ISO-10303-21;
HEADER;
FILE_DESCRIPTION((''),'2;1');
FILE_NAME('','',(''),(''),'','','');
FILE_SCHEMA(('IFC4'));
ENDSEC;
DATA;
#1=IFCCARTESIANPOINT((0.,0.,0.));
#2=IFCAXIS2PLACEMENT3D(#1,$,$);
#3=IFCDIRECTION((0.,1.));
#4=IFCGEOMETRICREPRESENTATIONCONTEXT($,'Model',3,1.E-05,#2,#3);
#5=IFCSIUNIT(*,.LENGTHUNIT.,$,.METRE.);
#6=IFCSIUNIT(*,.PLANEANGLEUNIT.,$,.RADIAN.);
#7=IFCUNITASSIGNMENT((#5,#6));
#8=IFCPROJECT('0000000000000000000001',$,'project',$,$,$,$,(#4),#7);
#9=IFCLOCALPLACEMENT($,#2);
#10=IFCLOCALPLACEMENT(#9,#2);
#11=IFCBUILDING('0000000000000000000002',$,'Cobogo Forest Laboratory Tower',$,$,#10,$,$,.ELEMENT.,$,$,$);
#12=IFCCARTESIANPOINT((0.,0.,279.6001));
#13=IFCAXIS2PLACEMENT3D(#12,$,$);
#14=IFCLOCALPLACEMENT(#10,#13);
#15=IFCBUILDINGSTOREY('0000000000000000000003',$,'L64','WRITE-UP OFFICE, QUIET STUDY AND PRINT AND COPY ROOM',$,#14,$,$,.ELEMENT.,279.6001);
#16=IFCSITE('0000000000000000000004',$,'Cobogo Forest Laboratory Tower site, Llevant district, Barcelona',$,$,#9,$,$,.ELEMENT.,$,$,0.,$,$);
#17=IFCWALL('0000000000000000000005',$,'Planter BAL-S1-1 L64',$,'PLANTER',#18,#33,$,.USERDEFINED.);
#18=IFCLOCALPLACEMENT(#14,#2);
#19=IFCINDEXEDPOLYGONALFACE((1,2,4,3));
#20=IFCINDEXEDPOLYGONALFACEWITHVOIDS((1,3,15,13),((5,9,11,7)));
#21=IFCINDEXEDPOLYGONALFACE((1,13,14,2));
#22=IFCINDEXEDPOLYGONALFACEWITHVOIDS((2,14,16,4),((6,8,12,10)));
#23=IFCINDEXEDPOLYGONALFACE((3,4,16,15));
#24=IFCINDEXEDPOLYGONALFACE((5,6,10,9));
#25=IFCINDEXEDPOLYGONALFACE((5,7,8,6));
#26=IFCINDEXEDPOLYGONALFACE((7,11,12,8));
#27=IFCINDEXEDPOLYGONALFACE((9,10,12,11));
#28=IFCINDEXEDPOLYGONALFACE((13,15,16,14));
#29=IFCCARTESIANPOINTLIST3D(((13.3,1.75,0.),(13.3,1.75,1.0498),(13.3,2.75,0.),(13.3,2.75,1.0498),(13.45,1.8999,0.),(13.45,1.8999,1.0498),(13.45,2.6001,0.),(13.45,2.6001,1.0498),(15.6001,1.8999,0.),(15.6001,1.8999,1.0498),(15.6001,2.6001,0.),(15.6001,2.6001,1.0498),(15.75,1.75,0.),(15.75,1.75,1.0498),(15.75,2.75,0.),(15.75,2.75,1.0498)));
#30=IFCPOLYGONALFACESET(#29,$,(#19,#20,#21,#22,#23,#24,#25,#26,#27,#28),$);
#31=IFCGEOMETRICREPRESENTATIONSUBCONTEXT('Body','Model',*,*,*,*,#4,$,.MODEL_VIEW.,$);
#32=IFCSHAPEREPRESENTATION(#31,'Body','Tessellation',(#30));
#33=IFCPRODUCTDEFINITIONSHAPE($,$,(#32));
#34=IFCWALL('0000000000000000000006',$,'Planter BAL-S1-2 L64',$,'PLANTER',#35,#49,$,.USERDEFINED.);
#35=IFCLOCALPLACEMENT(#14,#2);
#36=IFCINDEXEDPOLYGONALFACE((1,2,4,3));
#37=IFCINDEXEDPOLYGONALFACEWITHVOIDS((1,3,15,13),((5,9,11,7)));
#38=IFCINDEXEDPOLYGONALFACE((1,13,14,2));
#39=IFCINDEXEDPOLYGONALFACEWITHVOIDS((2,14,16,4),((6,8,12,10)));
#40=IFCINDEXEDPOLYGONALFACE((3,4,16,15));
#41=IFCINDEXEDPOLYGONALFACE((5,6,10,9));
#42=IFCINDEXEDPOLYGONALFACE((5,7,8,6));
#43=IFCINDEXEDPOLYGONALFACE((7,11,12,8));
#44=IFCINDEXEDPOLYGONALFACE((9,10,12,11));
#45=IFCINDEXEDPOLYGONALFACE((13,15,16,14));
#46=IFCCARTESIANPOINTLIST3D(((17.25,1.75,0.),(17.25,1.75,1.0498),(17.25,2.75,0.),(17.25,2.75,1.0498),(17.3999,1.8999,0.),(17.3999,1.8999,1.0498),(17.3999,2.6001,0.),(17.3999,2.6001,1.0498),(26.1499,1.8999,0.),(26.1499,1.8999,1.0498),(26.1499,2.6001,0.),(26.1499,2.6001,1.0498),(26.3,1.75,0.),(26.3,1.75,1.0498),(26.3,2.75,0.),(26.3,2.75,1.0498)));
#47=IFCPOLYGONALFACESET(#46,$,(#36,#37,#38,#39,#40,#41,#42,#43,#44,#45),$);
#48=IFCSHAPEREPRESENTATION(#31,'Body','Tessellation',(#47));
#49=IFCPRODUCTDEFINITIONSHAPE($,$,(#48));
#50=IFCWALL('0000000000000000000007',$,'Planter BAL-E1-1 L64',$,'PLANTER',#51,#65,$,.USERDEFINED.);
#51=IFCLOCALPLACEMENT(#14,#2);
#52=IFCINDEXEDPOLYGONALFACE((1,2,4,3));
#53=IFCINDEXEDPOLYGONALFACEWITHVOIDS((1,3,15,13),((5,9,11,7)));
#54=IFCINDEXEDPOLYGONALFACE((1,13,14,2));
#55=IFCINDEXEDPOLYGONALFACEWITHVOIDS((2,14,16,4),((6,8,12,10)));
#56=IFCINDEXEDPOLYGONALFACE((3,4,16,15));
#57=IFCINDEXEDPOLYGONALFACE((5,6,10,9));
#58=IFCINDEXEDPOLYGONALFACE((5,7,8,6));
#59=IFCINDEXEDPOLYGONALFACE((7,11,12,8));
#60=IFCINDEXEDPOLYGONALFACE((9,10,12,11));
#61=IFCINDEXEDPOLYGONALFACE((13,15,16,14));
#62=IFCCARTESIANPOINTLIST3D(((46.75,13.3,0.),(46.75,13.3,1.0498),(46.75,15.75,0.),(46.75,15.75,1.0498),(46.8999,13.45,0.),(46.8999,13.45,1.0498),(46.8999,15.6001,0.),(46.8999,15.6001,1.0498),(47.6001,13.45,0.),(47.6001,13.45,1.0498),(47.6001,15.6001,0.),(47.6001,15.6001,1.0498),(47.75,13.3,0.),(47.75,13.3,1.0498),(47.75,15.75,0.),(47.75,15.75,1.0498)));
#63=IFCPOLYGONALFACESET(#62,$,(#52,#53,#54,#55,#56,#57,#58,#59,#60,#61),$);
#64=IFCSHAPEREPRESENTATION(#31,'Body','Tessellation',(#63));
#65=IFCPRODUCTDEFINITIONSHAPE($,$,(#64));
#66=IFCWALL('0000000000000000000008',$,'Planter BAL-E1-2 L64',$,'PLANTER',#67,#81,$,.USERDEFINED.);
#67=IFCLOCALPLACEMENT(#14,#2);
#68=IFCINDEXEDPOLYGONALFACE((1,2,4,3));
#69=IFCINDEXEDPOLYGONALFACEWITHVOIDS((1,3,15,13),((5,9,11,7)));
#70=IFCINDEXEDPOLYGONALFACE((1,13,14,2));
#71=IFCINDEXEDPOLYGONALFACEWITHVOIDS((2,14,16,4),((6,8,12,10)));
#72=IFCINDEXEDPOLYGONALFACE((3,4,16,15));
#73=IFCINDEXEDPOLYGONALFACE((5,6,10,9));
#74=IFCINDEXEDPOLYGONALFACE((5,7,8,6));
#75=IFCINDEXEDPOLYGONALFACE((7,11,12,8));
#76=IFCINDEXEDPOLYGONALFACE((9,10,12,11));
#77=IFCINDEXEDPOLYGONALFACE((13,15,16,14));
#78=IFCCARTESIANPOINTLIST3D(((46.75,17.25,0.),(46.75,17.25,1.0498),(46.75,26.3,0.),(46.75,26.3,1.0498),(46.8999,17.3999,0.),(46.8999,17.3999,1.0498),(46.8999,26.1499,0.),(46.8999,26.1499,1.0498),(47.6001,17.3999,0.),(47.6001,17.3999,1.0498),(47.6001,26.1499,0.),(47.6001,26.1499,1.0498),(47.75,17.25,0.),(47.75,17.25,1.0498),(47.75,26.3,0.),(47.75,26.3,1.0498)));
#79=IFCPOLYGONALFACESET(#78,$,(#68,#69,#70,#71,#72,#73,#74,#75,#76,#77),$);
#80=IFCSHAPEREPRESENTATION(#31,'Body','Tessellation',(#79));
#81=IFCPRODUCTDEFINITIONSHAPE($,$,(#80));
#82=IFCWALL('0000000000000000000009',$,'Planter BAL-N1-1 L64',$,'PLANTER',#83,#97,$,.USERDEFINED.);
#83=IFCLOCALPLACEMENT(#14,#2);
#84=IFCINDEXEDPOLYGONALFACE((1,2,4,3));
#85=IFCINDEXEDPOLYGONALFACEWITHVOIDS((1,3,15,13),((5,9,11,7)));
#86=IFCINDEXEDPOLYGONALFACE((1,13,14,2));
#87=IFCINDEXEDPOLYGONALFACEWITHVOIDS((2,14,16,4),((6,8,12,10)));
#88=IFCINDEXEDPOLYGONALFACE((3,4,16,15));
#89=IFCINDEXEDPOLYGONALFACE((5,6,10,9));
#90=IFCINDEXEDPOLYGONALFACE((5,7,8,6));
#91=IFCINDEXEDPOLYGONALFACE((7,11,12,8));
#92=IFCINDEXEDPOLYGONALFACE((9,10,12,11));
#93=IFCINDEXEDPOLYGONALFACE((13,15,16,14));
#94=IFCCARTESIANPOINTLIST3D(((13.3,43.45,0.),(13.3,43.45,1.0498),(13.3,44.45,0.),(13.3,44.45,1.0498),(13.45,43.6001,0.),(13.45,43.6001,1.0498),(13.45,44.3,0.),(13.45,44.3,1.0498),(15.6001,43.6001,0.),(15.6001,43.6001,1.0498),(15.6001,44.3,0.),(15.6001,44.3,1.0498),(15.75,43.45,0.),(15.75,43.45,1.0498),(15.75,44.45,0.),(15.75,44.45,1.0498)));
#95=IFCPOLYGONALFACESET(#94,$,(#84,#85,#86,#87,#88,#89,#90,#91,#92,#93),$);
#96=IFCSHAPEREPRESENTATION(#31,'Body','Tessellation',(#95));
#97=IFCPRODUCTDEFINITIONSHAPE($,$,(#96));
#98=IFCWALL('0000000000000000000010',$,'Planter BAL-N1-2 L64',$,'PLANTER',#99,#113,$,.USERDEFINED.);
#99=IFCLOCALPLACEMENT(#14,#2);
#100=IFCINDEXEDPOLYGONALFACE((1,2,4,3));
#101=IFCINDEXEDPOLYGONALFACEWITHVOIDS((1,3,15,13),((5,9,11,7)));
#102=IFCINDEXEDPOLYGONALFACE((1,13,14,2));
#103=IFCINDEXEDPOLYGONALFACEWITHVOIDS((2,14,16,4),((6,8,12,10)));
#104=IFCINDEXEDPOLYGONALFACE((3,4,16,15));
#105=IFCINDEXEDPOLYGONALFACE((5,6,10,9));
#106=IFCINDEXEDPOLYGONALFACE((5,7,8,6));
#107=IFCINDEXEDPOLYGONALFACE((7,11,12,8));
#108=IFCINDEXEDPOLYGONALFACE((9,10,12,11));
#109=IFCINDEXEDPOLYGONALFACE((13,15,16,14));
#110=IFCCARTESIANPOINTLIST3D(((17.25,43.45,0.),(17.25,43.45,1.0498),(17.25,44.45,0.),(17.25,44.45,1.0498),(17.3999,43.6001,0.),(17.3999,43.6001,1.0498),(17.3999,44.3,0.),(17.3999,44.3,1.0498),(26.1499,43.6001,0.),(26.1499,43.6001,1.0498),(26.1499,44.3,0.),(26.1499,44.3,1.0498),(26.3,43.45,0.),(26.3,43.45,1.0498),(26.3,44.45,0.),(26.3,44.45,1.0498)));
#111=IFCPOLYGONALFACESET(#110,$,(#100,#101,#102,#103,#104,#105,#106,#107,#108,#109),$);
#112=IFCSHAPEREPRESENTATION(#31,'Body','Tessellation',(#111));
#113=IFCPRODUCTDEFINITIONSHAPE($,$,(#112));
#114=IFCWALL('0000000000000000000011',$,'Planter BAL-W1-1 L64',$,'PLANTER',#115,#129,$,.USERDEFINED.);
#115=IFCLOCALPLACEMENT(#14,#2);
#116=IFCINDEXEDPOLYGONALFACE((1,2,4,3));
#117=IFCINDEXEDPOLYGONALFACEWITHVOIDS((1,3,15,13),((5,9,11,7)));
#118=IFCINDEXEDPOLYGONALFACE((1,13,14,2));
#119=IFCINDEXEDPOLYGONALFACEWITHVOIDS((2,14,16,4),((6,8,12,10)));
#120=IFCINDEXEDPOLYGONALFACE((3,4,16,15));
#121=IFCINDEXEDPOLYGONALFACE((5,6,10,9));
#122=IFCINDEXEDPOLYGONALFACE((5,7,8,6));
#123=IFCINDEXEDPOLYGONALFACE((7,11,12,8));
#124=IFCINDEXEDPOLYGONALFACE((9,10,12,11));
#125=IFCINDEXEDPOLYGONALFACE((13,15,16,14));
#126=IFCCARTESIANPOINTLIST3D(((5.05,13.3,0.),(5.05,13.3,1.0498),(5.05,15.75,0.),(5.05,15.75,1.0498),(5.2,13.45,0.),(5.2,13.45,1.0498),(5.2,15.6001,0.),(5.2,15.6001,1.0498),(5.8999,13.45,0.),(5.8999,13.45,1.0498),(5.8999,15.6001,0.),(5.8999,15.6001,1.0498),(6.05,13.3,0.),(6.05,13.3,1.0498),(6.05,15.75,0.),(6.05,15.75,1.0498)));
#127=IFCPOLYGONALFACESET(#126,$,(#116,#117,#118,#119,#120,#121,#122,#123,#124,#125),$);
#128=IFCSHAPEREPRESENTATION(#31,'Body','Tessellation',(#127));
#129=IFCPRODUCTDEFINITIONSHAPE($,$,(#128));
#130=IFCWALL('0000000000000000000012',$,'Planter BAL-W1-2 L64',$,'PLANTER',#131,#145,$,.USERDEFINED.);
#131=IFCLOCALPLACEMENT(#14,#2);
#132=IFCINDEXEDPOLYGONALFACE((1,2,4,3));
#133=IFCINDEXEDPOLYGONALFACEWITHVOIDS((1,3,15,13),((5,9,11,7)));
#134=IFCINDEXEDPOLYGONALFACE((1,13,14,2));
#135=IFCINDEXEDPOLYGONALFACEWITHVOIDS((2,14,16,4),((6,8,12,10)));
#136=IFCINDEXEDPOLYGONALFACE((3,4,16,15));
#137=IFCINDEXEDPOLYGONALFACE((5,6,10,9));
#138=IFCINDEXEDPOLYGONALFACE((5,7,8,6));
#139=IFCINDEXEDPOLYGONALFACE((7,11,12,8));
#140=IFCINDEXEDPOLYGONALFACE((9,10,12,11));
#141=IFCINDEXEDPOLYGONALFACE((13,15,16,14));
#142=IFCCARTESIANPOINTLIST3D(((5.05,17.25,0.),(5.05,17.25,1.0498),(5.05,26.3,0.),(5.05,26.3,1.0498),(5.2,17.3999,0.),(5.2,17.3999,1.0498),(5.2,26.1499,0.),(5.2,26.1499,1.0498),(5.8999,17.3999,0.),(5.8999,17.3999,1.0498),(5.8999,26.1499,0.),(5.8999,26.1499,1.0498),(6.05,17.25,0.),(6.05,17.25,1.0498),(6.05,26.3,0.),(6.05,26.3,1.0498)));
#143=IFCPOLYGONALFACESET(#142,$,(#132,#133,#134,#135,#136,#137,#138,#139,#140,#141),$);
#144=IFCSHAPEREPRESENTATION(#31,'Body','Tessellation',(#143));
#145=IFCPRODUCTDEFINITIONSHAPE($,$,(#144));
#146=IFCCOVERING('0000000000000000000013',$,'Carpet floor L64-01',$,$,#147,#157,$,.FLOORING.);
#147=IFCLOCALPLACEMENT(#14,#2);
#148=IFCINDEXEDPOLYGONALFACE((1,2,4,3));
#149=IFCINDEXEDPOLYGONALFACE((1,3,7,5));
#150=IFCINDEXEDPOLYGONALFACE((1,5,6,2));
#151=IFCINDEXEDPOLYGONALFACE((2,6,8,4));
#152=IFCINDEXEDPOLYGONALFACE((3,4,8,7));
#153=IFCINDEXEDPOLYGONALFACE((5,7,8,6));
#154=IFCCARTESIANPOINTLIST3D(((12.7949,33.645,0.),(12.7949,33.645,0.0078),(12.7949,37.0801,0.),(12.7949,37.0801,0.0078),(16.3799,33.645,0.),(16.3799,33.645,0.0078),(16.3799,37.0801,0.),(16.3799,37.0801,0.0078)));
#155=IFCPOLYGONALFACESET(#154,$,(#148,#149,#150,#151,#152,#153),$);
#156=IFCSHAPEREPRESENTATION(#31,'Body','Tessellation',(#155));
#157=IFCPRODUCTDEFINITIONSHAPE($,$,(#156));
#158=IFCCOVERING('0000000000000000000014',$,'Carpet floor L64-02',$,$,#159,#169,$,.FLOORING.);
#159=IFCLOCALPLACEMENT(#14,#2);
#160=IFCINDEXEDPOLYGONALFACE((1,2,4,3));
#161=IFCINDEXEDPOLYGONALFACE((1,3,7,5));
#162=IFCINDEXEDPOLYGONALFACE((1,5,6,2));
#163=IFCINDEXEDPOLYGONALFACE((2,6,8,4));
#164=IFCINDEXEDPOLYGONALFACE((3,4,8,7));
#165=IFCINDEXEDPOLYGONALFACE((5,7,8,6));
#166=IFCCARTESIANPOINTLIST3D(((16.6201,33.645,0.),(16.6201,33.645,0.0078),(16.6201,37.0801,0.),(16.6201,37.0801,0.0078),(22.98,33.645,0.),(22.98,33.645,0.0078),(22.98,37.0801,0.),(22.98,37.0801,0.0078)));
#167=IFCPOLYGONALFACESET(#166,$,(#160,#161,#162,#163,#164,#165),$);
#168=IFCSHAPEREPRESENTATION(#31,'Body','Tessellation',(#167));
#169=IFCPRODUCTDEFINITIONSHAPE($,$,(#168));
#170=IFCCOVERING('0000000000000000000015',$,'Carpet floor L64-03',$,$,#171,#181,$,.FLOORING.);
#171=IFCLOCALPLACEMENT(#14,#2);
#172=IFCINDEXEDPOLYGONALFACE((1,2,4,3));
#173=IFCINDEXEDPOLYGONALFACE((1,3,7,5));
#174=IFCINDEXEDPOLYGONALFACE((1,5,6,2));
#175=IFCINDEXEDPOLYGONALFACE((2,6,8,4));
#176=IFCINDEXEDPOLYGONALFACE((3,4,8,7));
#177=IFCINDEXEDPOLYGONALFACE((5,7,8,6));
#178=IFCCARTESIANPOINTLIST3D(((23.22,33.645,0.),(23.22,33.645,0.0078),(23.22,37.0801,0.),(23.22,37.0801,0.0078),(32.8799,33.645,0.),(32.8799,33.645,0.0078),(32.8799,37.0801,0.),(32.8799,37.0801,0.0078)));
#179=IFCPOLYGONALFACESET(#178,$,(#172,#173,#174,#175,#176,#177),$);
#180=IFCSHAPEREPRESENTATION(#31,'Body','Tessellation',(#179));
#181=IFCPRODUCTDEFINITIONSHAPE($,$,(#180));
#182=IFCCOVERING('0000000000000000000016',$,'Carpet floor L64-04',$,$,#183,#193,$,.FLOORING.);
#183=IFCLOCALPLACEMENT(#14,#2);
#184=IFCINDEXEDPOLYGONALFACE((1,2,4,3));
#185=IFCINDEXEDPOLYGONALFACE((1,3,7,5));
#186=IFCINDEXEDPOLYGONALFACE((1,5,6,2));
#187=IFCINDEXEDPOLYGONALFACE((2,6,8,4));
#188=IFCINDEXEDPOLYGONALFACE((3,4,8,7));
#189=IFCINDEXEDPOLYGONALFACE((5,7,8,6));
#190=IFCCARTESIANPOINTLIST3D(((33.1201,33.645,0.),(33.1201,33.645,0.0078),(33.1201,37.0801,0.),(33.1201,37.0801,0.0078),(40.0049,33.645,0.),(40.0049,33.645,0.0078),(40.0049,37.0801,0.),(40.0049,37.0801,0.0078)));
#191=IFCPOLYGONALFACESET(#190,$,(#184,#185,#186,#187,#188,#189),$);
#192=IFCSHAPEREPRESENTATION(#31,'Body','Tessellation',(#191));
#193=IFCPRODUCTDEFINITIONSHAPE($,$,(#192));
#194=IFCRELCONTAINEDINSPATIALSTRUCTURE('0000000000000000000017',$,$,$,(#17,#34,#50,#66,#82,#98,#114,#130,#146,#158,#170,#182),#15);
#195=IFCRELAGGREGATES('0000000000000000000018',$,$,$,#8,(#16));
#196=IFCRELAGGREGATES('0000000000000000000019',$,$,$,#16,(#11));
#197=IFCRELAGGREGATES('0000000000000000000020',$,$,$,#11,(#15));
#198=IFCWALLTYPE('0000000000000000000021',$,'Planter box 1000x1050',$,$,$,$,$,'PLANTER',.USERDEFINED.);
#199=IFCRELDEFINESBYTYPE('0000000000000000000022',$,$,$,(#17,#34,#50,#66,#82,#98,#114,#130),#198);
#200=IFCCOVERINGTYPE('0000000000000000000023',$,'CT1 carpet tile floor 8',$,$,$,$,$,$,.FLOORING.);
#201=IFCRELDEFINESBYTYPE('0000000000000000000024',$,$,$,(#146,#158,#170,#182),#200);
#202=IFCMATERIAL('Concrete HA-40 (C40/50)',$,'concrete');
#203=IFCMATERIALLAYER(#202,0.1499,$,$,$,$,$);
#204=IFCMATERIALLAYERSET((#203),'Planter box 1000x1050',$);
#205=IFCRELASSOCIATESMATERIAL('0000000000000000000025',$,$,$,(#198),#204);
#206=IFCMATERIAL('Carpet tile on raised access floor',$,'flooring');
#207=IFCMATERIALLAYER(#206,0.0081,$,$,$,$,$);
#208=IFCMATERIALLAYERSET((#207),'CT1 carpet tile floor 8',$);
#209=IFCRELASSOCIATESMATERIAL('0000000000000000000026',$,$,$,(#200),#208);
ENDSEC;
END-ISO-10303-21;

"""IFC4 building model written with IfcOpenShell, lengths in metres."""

from ifc_helpers import new_model, si_unit, direction, frame, origin, place, context, subcontext, project, spatial, polyline, outline, extrude, material, layer, layer_set, type_object, element, save


model = new_model("IFC4")

# Units and contexts
model_context = context("Model", 3, precision=1e-05, world=origin(), true_north=direction((0.0, 1.0)))
body_context = subcontext(model_context, "Body", "Model", "MODEL_VIEW")
ifc_project = project(units=[si_unit("LENGTHUNIT", "METRE"), si_unit("PLANEANGLEUNIT", "RADIAN")], contexts=[model_context])

# Site, building, storey
site_placement = place(None, origin())
site = spatial("IfcSite", under=ifc_project, at=site_placement, Name="Cobogo Forest Laboratory Tower site, Llevant district, Barcelona", CompositionType="ELEMENT", RefElevation=0.0)
building_placement = place(site_placement, origin())
building = spatial("IfcBuilding", under=site, at=building_placement, Name="Cobogo Forest Laboratory Tower", CompositionType="ELEMENT")
storey_placement = place(building_placement, frame((0.0, 0.0, 279.6001)))
storey = spatial("IfcBuildingStorey", under=building, at=storey_placement, Name="L64", Description="WRITE-UP OFFICE, QUIET STUDY AND PRINT AND COPY ROOM", CompositionType="ELEMENT", Elevation=279.6001)

# Shared definitions
ifc_material_1 = material(Name="Concrete HA-40 (C40/50)", Category="concrete")

# Walls
ifc_layer_1 = layer(ifc_material_1, 0.1499)
ifc_layer_set_1 = layer_set([ifc_layer_1], Name="Planter box 1000x1050")
wall_type = type_object("IfcWallType", Name="Planter box 1000x1050", ElementType="PLANTER", PredefinedType="USERDEFINED", material=ifc_layer_set_1)
wall_1_placement = place(storey_placement, origin())
element("IfcWall", 1, at=wall_1_placement, inside=storey, type_object=wall_type, Name="Planter BAL-S1-1 L64", ObjectType="PLANTER", PredefinedType="USERDEFINED", context=body_context, shape_type="SweptSolid", body=[
    extrude(outline(polyline([(13.3, 1.75), (15.75, 1.75), (15.75, 2.75), (13.3, 2.75), (13.3, 1.75)]), holes=[polyline([(13.45, 1.8999), (15.6001, 1.8999), (15.6001, 2.6001), (13.45, 2.6001), (13.45, 1.8999)])]), origin(), (0.0, 0.0, 1.0), 1.0498),
])
wall_2_placement = place(storey_placement, origin())
element("IfcWall", 2, at=wall_2_placement, inside=storey, type_object=wall_type, Name="Planter BAL-S1-2 L64", ObjectType="PLANTER", PredefinedType="USERDEFINED", context=body_context, shape_type="SweptSolid", body=[
    extrude(outline(polyline([(17.25, 1.75), (26.3, 1.75), (26.3, 2.75), (17.25, 2.75), (17.25, 1.75)]), holes=[polyline([(17.3999, 1.8999), (26.1499, 1.8999), (26.1499, 2.6001), (17.3999, 2.6001), (17.3999, 1.8999)])]), origin(), (0.0, 0.0, 1.0), 1.0498),
])
wall_3_placement = place(storey_placement, origin())
element("IfcWall", 3, at=wall_3_placement, inside=storey, type_object=wall_type, Name="Planter BAL-E1-1 L64", ObjectType="PLANTER", PredefinedType="USERDEFINED", context=body_context, shape_type="SweptSolid", body=[
    extrude(outline(polyline([(46.75, 13.3), (47.75, 13.3), (47.75, 15.75), (46.75, 15.75), (46.75, 13.3)]), holes=[polyline([(46.8999, 13.45), (47.6001, 13.45), (47.6001, 15.6001), (46.8999, 15.6001), (46.8999, 13.45)])]), origin(), (0.0, 0.0, 1.0), 1.0498),
])
wall_4_placement = place(storey_placement, origin())
element("IfcWall", 4, at=wall_4_placement, inside=storey, type_object=wall_type, Name="Planter BAL-E1-2 L64", ObjectType="PLANTER", PredefinedType="USERDEFINED", context=body_context, shape_type="SweptSolid", body=[
    extrude(outline(polyline([(46.75, 17.25), (47.75, 17.25), (47.75, 26.3), (46.75, 26.3), (46.75, 17.25)]), holes=[polyline([(46.8999, 17.3999), (47.6001, 17.3999), (47.6001, 26.1499), (46.8999, 26.1499), (46.8999, 17.3999)])]), origin(), (0.0, 0.0, 1.0), 1.0498),
])
wall_5_placement = place(storey_placement, origin())
element("IfcWall", 5, at=wall_5_placement, inside=storey, type_object=wall_type, Name="Planter BAL-N1-1 L64", ObjectType="PLANTER", PredefinedType="USERDEFINED", context=body_context, shape_type="SweptSolid", body=[
    extrude(outline(polyline([(13.3, 43.45), (15.75, 43.45), (15.75, 44.45), (13.3, 44.45), (13.3, 43.45)]), holes=[polyline([(13.45, 43.6001), (15.6001, 43.6001), (15.6001, 44.3), (13.45, 44.3), (13.45, 43.6001)])]), origin(), (0.0, 0.0, 1.0), 1.0498),
])
wall_6_placement = place(storey_placement, origin())
element("IfcWall", 6, at=wall_6_placement, inside=storey, type_object=wall_type, Name="Planter BAL-N1-2 L64", ObjectType="PLANTER", PredefinedType="USERDEFINED", context=body_context, shape_type="SweptSolid", body=[
    extrude(outline(polyline([(17.25, 43.45), (26.3, 43.45), (26.3, 44.45), (17.25, 44.45), (17.25, 43.45)]), holes=[polyline([(17.3999, 43.6001), (26.1499, 43.6001), (26.1499, 44.3), (17.3999, 44.3), (17.3999, 43.6001)])]), origin(), (0.0, 0.0, 1.0), 1.0498),
])
wall_7_placement = place(storey_placement, origin())
element("IfcWall", 7, at=wall_7_placement, inside=storey, type_object=wall_type, Name="Planter BAL-W1-1 L64", ObjectType="PLANTER", PredefinedType="USERDEFINED", context=body_context, shape_type="SweptSolid", body=[
    extrude(outline(polyline([(5.05, 13.3), (6.05, 13.3), (6.05, 15.75), (5.05, 15.75), (5.05, 13.3)]), holes=[polyline([(5.2, 13.45), (5.8999, 13.45), (5.8999, 15.6001), (5.2, 15.6001), (5.2, 13.45)])]), origin(), (0.0, 0.0, 1.0), 1.0498),
])
wall_8_placement = place(storey_placement, origin())
element("IfcWall", 8, at=wall_8_placement, inside=storey, type_object=wall_type, Name="Planter BAL-W1-2 L64", ObjectType="PLANTER", PredefinedType="USERDEFINED", context=body_context, shape_type="SweptSolid", body=[
    extrude(outline(polyline([(5.05, 17.25), (6.05, 17.25), (6.05, 26.3), (5.05, 26.3), (5.05, 17.25)]), holes=[polyline([(5.2, 17.3999), (5.8999, 17.3999), (5.8999, 26.1499), (5.2, 26.1499), (5.2, 17.3999)])]), origin(), (0.0, 0.0, 1.0), 1.0498),
])

# Coverings
ifc_material_2 = material(Name="Carpet tile on raised access floor", Category="flooring")
ifc_layer_2 = layer(ifc_material_2, 0.0081)
ifc_layer_set_2 = layer_set([ifc_layer_2], Name="CT1 carpet tile floor 8")
covering_type_1 = type_object("IfcCoveringType", Name="CT1 carpet tile floor 8", PredefinedType="FLOORING", material=ifc_layer_set_2)
covering_1_placement = place(storey_placement, origin())
element("IfcCovering", 9, at=covering_1_placement, inside=storey, type_object=covering_type_1, Name="Carpet floor L64-01", PredefinedType="FLOORING", context=body_context, shape_type="SweptSolid", body=[
    extrude(outline(polyline([(16.3799, 33.645), (12.7949, 33.645), (12.7949, 37.0801), (16.3799, 37.0801), (16.3799, 33.645)])), origin(), (0.0, 0.0, 1.0), 0.0078),
])
covering_2_placement = place(storey_placement, origin())
element("IfcCovering", 10, at=covering_2_placement, inside=storey, type_object=covering_type_1, Name="Carpet floor L64-02", PredefinedType="FLOORING", context=body_context, shape_type="SweptSolid", body=[
    extrude(outline(polyline([(22.98, 33.645), (16.6201, 33.645), (16.6201, 37.0801), (22.98, 37.0801), (22.98, 33.645)])), origin(), (0.0, 0.0, 1.0), 0.0078),
])
covering_3_placement = place(storey_placement, origin())
element("IfcCovering", 11, at=covering_3_placement, inside=storey, type_object=covering_type_1, Name="Carpet floor L64-03", PredefinedType="FLOORING", context=body_context, shape_type="SweptSolid", body=[
    extrude(outline(polyline([(32.8799, 33.645), (23.22, 33.645), (23.22, 37.0801), (32.8799, 37.0801), (32.8799, 33.645)])), origin(), (0.0, 0.0, 1.0), 0.0078),
])
covering_4_placement = place(storey_placement, origin())
element("IfcCovering", 12, at=covering_4_placement, inside=storey, type_object=covering_type_1, Name="Carpet floor L64-04", PredefinedType="FLOORING", context=body_context, shape_type="SweptSolid", body=[
    extrude(outline(polyline([(40.0049, 33.645), (33.1201, 33.645), (33.1201, 37.0801), (40.0049, 37.0801), (40.0049, 33.645)])), origin(), (0.0, 0.0, 1.0), 0.0078),
])

save(model, "model.ifc")
